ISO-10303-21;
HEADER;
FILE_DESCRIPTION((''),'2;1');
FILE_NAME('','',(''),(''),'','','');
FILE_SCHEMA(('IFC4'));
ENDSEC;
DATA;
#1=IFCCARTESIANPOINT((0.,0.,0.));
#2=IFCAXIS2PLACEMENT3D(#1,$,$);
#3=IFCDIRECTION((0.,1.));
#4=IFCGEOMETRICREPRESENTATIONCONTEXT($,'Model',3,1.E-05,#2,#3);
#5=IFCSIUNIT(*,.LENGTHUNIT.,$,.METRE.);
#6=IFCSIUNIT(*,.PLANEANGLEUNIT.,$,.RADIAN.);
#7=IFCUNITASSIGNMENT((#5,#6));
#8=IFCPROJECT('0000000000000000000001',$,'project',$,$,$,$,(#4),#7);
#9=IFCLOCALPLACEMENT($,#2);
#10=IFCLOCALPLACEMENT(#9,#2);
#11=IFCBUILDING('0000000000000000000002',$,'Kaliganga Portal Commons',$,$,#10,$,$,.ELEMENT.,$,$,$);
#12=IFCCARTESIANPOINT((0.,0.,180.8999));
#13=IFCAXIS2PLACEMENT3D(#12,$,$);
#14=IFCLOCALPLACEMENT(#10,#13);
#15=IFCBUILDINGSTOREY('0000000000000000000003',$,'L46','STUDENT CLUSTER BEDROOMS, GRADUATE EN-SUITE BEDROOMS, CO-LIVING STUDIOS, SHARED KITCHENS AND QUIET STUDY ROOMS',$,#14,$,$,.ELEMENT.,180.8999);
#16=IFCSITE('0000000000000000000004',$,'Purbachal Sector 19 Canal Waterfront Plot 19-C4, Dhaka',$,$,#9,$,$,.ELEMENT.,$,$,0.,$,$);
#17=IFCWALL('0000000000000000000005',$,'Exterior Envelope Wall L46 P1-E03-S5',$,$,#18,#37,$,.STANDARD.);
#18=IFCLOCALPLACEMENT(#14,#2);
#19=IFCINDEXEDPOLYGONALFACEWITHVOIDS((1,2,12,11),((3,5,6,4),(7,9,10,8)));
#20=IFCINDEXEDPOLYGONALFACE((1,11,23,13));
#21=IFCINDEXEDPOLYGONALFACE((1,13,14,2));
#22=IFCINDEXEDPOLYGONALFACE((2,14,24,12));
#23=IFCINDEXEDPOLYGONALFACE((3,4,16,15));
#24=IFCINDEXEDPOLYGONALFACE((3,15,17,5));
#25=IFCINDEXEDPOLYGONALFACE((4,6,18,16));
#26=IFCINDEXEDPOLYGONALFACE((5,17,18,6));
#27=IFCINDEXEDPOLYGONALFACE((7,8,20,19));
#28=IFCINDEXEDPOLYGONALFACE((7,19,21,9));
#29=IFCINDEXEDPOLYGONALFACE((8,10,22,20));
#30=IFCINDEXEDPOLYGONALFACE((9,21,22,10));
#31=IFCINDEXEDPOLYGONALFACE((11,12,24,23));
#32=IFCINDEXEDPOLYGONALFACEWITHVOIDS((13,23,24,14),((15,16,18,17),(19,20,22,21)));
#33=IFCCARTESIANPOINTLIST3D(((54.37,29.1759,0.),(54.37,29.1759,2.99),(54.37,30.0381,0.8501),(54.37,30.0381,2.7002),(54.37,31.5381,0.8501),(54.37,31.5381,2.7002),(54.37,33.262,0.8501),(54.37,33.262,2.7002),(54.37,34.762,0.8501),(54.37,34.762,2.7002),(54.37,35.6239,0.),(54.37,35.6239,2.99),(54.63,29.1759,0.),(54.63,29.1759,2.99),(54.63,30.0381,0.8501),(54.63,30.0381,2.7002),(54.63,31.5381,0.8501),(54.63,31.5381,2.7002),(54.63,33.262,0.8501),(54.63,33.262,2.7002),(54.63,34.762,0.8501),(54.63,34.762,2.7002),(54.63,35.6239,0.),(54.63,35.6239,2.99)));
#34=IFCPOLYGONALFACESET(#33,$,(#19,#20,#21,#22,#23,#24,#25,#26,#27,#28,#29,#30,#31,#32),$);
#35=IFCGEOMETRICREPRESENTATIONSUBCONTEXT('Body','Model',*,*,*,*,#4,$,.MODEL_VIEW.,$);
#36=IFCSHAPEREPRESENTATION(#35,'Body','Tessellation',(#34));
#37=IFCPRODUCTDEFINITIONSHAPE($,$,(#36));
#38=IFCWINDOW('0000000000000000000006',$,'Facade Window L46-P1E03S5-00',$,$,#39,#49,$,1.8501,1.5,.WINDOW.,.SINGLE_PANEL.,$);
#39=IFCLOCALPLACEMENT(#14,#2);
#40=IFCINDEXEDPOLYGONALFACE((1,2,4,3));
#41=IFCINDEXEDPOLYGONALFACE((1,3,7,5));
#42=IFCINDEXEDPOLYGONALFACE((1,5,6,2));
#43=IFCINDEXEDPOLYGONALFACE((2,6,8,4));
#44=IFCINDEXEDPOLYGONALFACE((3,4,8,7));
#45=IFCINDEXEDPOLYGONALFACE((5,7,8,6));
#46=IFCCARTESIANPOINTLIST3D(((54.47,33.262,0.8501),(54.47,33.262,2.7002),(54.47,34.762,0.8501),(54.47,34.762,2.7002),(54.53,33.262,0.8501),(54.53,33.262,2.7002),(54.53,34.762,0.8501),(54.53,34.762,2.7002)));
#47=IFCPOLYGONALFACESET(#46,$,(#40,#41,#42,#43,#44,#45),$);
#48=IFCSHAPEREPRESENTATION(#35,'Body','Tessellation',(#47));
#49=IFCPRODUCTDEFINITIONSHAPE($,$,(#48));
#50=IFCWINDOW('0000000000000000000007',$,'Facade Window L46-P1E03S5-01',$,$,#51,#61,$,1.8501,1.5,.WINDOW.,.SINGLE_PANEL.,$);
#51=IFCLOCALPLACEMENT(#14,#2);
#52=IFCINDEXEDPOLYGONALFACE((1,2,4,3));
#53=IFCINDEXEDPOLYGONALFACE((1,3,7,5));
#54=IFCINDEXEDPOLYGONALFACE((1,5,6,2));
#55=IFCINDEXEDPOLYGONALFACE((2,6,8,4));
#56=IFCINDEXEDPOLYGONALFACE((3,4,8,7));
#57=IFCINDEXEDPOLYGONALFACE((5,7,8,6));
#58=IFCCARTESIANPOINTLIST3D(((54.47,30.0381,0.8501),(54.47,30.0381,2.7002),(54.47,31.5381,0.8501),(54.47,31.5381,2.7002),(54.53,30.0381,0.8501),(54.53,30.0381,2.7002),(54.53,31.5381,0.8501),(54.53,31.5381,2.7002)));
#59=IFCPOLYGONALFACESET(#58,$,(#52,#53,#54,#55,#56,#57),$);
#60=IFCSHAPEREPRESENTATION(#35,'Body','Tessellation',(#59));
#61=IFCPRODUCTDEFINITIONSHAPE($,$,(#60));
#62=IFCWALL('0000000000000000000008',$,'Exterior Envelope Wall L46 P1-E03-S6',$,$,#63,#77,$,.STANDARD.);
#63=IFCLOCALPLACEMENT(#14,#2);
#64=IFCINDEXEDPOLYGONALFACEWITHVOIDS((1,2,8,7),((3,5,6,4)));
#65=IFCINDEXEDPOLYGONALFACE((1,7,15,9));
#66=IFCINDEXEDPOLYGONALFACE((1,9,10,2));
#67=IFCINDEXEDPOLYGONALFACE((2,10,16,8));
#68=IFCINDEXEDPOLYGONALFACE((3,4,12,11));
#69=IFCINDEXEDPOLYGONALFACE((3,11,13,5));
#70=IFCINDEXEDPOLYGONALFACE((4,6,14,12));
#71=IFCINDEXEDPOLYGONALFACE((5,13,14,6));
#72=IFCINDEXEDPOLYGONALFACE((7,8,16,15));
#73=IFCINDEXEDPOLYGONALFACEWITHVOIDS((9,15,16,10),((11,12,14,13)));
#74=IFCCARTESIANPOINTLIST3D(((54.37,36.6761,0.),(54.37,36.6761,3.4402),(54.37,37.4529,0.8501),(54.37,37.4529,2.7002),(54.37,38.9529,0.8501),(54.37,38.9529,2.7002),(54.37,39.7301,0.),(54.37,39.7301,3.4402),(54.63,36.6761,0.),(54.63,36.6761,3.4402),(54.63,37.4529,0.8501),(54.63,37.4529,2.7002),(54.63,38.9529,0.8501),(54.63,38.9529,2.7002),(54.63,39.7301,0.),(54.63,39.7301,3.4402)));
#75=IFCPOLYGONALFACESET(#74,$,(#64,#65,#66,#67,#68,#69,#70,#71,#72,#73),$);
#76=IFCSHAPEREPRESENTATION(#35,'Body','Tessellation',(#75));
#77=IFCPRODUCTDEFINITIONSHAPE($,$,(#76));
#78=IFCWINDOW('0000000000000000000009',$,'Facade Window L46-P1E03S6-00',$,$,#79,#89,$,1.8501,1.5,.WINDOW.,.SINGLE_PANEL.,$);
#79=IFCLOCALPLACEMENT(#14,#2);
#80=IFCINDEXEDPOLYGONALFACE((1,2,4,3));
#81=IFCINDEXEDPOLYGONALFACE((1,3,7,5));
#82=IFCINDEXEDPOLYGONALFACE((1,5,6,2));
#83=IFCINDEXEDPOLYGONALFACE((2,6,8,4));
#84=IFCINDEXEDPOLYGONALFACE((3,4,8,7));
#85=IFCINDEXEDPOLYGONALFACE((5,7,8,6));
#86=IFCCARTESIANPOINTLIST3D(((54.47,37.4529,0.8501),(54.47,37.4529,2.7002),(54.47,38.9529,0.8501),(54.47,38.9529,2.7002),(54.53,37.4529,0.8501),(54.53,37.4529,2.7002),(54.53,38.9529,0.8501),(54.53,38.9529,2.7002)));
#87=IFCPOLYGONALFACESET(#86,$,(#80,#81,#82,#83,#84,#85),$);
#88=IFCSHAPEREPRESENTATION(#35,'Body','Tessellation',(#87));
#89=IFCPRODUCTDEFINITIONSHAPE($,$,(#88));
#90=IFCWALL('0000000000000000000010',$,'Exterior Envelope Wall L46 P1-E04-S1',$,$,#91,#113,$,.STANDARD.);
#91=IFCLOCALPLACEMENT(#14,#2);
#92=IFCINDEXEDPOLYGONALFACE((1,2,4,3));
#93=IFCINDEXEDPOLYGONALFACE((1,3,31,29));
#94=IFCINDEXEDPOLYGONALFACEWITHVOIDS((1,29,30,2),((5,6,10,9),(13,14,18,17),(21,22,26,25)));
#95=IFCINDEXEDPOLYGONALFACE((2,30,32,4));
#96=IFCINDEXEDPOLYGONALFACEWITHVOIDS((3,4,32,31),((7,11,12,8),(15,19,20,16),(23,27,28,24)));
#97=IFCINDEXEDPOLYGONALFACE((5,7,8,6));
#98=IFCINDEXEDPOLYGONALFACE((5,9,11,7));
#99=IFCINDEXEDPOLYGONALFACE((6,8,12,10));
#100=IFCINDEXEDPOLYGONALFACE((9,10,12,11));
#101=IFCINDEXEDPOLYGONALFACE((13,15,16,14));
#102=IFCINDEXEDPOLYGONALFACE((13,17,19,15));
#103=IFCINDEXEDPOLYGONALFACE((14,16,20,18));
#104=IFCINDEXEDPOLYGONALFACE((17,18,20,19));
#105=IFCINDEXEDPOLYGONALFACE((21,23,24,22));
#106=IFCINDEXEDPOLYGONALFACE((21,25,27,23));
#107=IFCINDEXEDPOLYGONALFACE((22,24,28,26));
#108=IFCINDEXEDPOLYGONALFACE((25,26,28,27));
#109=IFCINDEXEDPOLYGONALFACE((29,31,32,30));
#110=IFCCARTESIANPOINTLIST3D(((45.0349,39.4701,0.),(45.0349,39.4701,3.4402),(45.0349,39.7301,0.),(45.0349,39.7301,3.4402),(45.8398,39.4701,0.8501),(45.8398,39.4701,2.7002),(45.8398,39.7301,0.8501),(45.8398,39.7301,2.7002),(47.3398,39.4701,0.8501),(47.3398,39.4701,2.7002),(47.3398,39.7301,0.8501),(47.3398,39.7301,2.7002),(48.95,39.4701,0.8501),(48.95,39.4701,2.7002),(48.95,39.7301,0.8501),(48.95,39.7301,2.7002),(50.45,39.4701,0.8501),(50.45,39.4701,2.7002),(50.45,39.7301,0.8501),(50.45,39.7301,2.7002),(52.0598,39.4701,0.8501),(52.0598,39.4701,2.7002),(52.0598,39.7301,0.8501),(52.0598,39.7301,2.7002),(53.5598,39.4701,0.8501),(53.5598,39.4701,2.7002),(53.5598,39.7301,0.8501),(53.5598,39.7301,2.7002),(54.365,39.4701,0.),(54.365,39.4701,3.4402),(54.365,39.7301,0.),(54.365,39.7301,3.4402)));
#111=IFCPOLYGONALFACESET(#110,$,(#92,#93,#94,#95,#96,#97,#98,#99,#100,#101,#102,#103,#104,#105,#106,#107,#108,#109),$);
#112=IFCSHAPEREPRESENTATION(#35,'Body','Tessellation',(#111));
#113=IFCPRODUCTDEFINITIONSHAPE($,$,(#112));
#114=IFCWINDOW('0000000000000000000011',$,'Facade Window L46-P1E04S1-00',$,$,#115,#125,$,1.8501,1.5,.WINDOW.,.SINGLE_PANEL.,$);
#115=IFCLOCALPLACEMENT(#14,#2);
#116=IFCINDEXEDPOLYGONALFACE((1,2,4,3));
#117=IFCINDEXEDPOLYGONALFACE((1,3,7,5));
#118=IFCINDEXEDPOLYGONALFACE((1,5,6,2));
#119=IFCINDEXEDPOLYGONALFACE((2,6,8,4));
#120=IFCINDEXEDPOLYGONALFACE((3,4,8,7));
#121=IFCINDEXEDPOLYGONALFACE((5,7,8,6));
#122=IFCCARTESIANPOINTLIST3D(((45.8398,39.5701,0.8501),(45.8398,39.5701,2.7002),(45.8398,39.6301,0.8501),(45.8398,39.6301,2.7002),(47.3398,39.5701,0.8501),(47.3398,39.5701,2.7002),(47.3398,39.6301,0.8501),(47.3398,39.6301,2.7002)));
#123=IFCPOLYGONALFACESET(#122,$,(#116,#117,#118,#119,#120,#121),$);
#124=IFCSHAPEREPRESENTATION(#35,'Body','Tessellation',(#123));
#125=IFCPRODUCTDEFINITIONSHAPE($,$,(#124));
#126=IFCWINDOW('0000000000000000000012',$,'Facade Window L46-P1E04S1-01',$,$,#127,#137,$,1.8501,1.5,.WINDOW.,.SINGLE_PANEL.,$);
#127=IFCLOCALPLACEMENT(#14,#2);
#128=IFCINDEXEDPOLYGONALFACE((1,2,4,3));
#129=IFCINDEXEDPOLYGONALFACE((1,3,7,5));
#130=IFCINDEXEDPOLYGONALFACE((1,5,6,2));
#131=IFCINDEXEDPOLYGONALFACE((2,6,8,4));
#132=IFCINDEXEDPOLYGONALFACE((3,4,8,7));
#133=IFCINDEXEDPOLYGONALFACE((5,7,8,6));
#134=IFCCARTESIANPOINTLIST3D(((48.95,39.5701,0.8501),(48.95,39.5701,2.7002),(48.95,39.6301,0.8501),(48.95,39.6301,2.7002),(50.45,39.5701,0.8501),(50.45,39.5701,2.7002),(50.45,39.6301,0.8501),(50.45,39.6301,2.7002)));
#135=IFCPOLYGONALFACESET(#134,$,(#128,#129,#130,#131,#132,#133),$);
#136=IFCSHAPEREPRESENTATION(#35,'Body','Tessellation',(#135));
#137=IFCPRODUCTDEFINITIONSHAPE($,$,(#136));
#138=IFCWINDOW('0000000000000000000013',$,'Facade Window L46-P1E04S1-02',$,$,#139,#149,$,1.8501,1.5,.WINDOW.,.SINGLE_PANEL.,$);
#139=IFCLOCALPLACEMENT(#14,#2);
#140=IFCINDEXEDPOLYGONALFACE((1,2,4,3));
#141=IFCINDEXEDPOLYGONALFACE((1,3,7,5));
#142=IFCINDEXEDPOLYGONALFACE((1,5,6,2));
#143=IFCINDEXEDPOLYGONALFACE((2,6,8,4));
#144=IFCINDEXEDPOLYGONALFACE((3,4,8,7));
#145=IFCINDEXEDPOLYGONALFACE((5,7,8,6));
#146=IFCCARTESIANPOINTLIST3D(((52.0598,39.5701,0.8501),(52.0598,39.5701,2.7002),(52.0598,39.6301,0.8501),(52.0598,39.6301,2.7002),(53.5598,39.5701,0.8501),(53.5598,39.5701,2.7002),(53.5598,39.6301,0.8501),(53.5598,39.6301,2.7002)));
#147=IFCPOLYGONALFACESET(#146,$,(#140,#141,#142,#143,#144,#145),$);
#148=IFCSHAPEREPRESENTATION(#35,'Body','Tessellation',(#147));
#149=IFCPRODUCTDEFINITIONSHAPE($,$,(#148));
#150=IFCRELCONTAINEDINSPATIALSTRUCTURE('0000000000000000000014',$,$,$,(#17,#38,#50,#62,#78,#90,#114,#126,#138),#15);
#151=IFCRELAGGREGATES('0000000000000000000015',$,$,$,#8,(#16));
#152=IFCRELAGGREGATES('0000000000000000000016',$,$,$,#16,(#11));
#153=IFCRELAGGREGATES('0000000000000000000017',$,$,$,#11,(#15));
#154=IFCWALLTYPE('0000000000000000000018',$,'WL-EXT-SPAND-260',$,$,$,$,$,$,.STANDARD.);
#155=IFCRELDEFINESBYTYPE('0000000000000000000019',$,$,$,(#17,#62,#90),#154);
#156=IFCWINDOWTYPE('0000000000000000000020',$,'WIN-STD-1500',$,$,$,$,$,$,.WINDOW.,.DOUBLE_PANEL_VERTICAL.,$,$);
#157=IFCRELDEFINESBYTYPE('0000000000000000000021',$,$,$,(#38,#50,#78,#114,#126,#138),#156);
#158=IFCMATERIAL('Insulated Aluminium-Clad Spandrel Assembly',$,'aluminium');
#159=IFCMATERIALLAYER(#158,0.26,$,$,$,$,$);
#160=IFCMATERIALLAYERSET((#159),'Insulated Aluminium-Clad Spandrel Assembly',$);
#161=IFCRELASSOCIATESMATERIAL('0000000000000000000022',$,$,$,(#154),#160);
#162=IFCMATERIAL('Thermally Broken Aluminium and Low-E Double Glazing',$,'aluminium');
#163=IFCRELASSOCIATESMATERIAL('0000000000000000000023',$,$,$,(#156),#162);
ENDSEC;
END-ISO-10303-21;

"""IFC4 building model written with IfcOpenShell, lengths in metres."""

from ifc_helpers import new_model, si_unit, direction, frame, frame_2d, origin, place, context, subcontext, project, spatial, rectangle, extrude, material, layer, layer_set, type_object, element, fill, save


model = new_model("IFC4")

# Units and contexts
model_context = context("Model", 3, precision=1e-05, world=origin(), true_north=direction((0.0, 1.0)))
body_context = subcontext(model_context, "Body", "Model", "MODEL_VIEW")
ifc_project = project(units=[si_unit("LENGTHUNIT", "METRE"), si_unit("PLANEANGLEUNIT", "RADIAN")], contexts=[model_context])

# Site, building, storey
site_placement = place(None, origin())
site = spatial("IfcSite", under=ifc_project, at=site_placement, Name="Purbachal Sector 19 Canal Waterfront Plot 19-C4, Dhaka", CompositionType="ELEMENT", RefElevation=0.0)
building_placement = place(site_placement, origin())
building = spatial("IfcBuilding", under=site, at=building_placement, Name="Kaliganga Portal Commons", CompositionType="ELEMENT")
storey_placement = place(building_placement, frame((0.0, 0.0, 180.8999)))
storey = spatial("IfcBuildingStorey", under=building, at=storey_placement, Name="L46", Description="STUDENT CLUSTER BEDROOMS, GRADUATE EN-SUITE BEDROOMS, CO-LIVING STUDIOS, SHARED KITCHENS AND QUIET STUDY ROOMS", CompositionType="ELEMENT", Elevation=180.8999)

# Wall, openings, windows
ifc_material_1 = material(Name="Insulated Aluminium-Clad Spandrel Assembly", Category="aluminium")
ifc_layer_1 = layer(ifc_material_1, 0.26)
ifc_layer_set_1 = layer_set([ifc_layer_1], Name="Insulated Aluminium-Clad Spandrel Assembly")
wall_type_1 = type_object("IfcWallType", Name="WL-EXT-SPAND-260", PredefinedType="STANDARD", material=ifc_layer_set_1)
wall_1_placement = place(storey_placement, frame((54.5, 35.624, 0.0), z_axis=(0.0, 0.0, 1.0), x_axis=(0.0, -1.0, 0.0)))
wall_1 = element("IfcWall", 1, at=wall_1_placement, inside=storey, type_object=wall_type_1, Name="Exterior Envelope Wall L46 P1-E03-S5", PredefinedType="STANDARD", context=body_context, shape_type="SweptSolid", body=[
    extrude(rectangle(XDim=6.448, YDim=0.26, at=frame_2d((3.2241, 0.0))), origin(), (0.0, 0.0, 1.0), 2.99),
])
opening_1_placement = place(wall_1_placement, frame((0.8621, 0.0, 0.8501)))
opening_1 = element("IfcOpeningElement", 2, at=opening_1_placement, cuts=wall_1, PredefinedType="OPENING", context=body_context, shape_type="SweptSolid", body=[
    extrude(rectangle(XDim=1.5, YDim=1.8501, at=frame_2d((0.75, 0.925))), frame((0.0, 0.1401, 0.0), z_axis=(0.0, -1.0, 0.0), x_axis=(1.0, 0.0, 0.0)), (0.0, 0.0, 1.0), 0.28),
])
opening_2_placement = place(wall_1_placement, frame((4.0859, 0.0, 0.8501)))
opening_2 = element("IfcOpeningElement", 3, at=opening_2_placement, cuts=wall_1, PredefinedType="OPENING", context=body_context, shape_type="SweptSolid", body=[
    extrude(rectangle(XDim=1.5, YDim=1.8501, at=frame_2d((0.75, 0.925))), frame((0.0, 0.1401, 0.0), z_axis=(0.0, -1.0, 0.0), x_axis=(1.0, 0.0, 0.0)), (0.0, 0.0, 1.0), 0.28),
])
ifc_material_2 = material(Name="Thermally Broken Aluminium and Low-E Double Glazing", Category="aluminium")
window_type = type_object("IfcWindowType", Name="WIN-STD-1500", PartitioningType="DOUBLE_PANEL_VERTICAL", PredefinedType="WINDOW", material=ifc_material_2)
window_1_placement = place(opening_1_placement, origin())
window_1 = element("IfcWindow", 4, at=window_1_placement, inside=storey, type_object=window_type, Name="Facade Window L46-P1E03S5-00", OverallHeight=1.8501, OverallWidth=1.5, PartitioningType="SINGLE_PANEL", PredefinedType="WINDOW", context=body_context, shape_type="SweptSolid", body=[
    extrude(rectangle(XDim=1.5, YDim=1.8501, at=frame_2d((0.75, 0.925))), frame((0.0, 0.03, 0.0), z_axis=(0.0, -1.0, 0.0), x_axis=(1.0, 0.0, 0.0)), (0.0, 0.0, 1.0), 0.0601),
])
fill(opening_1, window_1)
window_2_placement = place(opening_2_placement, origin())
window_2 = element("IfcWindow", 5, at=window_2_placement, inside=storey, type_object=window_type, Name="Facade Window L46-P1E03S5-01", OverallHeight=1.8501, OverallWidth=1.5, PartitioningType="SINGLE_PANEL", PredefinedType="WINDOW", context=body_context, shape_type="SweptSolid", body=[
    extrude(rectangle(XDim=1.5, YDim=1.8501, at=frame_2d((0.75, 0.925))), frame((0.0, 0.03, 0.0), z_axis=(0.0, -1.0, 0.0), x_axis=(1.0, 0.0, 0.0)), (0.0, 0.0, 1.0), 0.0601),
])
fill(opening_2, window_2)

# Wall, opening, window
wall_2_placement = place(storey_placement, frame((54.5, 39.73, 0.0), z_axis=(0.0, 0.0, 1.0), x_axis=(0.0, -1.0, 0.0)))
wall_2 = element("IfcWall", 6, at=wall_2_placement, inside=storey, type_object=wall_type_1, Name="Exterior Envelope Wall L46 P1-E03-S6", PredefinedType="STANDARD", context=body_context, shape_type="SweptSolid", body=[
    extrude(rectangle(XDim=3.054, YDim=0.26, at=frame_2d((1.5269, 0.0))), origin(), (0.0, 0.0, 1.0), 3.4402),
])
opening_3_placement = place(wall_2_placement, frame((0.7771, 0.0, 0.8501)))
opening_3 = element("IfcOpeningElement", 7, at=opening_3_placement, cuts=wall_2, PredefinedType="OPENING", context=body_context, shape_type="SweptSolid", body=[
    extrude(rectangle(XDim=1.5, YDim=1.8501, at=frame_2d((0.75, 0.925))), frame((0.0, 0.1401, 0.0), z_axis=(0.0, -1.0, 0.0), x_axis=(1.0, 0.0, 0.0)), (0.0, 0.0, 1.0), 0.28),
])
window_3_placement = place(opening_3_placement, origin())
window_3 = element("IfcWindow", 8, at=window_3_placement, inside=storey, type_object=window_type, Name="Facade Window L46-P1E03S6-00", OverallHeight=1.8501, OverallWidth=1.5, PartitioningType="SINGLE_PANEL", PredefinedType="WINDOW", context=body_context, shape_type="SweptSolid", body=[
    extrude(rectangle(XDim=1.5, YDim=1.8501, at=frame_2d((0.75, 0.925))), frame((0.0, 0.03, 0.0), z_axis=(0.0, -1.0, 0.0), x_axis=(1.0, 0.0, 0.0)), (0.0, 0.0, 1.0), 0.0601),
])
fill(opening_3, window_3)

# Wall, openings, windows
wall_3_placement = place(storey_placement, frame((45.0349, 39.6001, 0.0), z_axis=(0.0, 0.0, 1.0), x_axis=(1.0, 0.0, 0.0)))
wall_3 = element("IfcWall", 9, at=wall_3_placement, inside=storey, type_object=wall_type_1, Name="Exterior Envelope Wall L46 P1-E04-S1", PredefinedType="STANDARD", context=body_context, shape_type="SweptSolid", body=[
    extrude(rectangle(XDim=9.3301, YDim=0.26, at=frame_2d((4.665, 0.0))), origin(), (0.0, 0.0, 1.0), 3.4402),
])
opening_4_placement = place(wall_3_placement, frame((0.8049, 0.0, 0.8501)))
opening_4 = element("IfcOpeningElement", 10, at=opening_4_placement, cuts=wall_3, PredefinedType="OPENING", context=body_context, shape_type="SweptSolid", body=[
    extrude(rectangle(XDim=1.5, YDim=1.8501, at=frame_2d((0.75, 0.925))), frame((0.0, 0.1401, 0.0), z_axis=(0.0, -1.0, 0.0), x_axis=(1.0, 0.0, 0.0)), (0.0, 0.0, 1.0), 0.28),
])
opening_5_placement = place(wall_3_placement, frame((3.915, 0.0, 0.8501)))
opening_5 = element("IfcOpeningElement", 11, at=opening_5_placement, cuts=wall_3, PredefinedType="OPENING", context=body_context, shape_type="SweptSolid", body=[
    extrude(rectangle(XDim=1.5, YDim=1.8501, at=frame_2d((0.75, 0.925))), frame((0.0, 0.1401, 0.0), z_axis=(0.0, -1.0, 0.0), x_axis=(1.0, 0.0, 0.0)), (0.0, 0.0, 1.0), 0.28),
])
opening_6_placement = place(wall_3_placement, frame((7.0249, 0.0, 0.8501)))
opening_6 = element("IfcOpeningElement", 12, at=opening_6_placement, cuts=wall_3, PredefinedType="OPENING", context=body_context, shape_type="SweptSolid", body=[
    extrude(rectangle(XDim=1.5, YDim=1.8501, at=frame_2d((0.75, 0.925))), frame((0.0, 0.1401, 0.0), z_axis=(0.0, -1.0, 0.0), x_axis=(1.0, 0.0, 0.0)), (0.0, 0.0, 1.0), 0.28),
])
window_4_placement = place(opening_4_placement, origin())
window_4 = element("IfcWindow", 13, at=window_4_placement, inside=storey, type_object=window_type, Name="Facade Window L46-P1E04S1-00", OverallHeight=1.8501, OverallWidth=1.5, PartitioningType="SINGLE_PANEL", PredefinedType="WINDOW", context=body_context, shape_type="SweptSolid", body=[
    extrude(rectangle(XDim=1.5, YDim=1.8501, at=frame_2d((0.75, 0.925))), frame((0.0, 0.03, 0.0), z_axis=(0.0, -1.0, 0.0), x_axis=(1.0, 0.0, 0.0)), (0.0, 0.0, 1.0), 0.0601),
])
fill(opening_4, window_4)
window_5_placement = place(opening_5_placement, origin())
window_5 = element("IfcWindow", 14, at=window_5_placement, inside=storey, type_object=window_type, Name="Facade Window L46-P1E04S1-01", OverallHeight=1.8501, OverallWidth=1.5, PartitioningType="SINGLE_PANEL", PredefinedType="WINDOW", context=body_context, shape_type="SweptSolid", body=[
    extrude(rectangle(XDim=1.5, YDim=1.8501, at=frame_2d((0.75, 0.925))), frame((0.0, 0.03, 0.0), z_axis=(0.0, -1.0, 0.0), x_axis=(1.0, 0.0, 0.0)), (0.0, 0.0, 1.0), 0.0601),
])
fill(opening_5, window_5)
window_6_placement = place(opening_6_placement, origin())
window_6 = element("IfcWindow", 15, at=window_6_placement, inside=storey, type_object=window_type, Name="Facade Window L46-P1E04S1-02", OverallHeight=1.8501, OverallWidth=1.5, PartitioningType="SINGLE_PANEL", PredefinedType="WINDOW", context=body_context, shape_type="SweptSolid", body=[
    extrude(rectangle(XDim=1.5, YDim=1.8501, at=frame_2d((0.75, 0.925))), frame((0.0, 0.03, 0.0), z_axis=(0.0, -1.0, 0.0), x_axis=(1.0, 0.0, 0.0)), (0.0, 0.0, 1.0), 0.0601),
])
fill(opening_6, window_6)

save(model, "model.ifc")
